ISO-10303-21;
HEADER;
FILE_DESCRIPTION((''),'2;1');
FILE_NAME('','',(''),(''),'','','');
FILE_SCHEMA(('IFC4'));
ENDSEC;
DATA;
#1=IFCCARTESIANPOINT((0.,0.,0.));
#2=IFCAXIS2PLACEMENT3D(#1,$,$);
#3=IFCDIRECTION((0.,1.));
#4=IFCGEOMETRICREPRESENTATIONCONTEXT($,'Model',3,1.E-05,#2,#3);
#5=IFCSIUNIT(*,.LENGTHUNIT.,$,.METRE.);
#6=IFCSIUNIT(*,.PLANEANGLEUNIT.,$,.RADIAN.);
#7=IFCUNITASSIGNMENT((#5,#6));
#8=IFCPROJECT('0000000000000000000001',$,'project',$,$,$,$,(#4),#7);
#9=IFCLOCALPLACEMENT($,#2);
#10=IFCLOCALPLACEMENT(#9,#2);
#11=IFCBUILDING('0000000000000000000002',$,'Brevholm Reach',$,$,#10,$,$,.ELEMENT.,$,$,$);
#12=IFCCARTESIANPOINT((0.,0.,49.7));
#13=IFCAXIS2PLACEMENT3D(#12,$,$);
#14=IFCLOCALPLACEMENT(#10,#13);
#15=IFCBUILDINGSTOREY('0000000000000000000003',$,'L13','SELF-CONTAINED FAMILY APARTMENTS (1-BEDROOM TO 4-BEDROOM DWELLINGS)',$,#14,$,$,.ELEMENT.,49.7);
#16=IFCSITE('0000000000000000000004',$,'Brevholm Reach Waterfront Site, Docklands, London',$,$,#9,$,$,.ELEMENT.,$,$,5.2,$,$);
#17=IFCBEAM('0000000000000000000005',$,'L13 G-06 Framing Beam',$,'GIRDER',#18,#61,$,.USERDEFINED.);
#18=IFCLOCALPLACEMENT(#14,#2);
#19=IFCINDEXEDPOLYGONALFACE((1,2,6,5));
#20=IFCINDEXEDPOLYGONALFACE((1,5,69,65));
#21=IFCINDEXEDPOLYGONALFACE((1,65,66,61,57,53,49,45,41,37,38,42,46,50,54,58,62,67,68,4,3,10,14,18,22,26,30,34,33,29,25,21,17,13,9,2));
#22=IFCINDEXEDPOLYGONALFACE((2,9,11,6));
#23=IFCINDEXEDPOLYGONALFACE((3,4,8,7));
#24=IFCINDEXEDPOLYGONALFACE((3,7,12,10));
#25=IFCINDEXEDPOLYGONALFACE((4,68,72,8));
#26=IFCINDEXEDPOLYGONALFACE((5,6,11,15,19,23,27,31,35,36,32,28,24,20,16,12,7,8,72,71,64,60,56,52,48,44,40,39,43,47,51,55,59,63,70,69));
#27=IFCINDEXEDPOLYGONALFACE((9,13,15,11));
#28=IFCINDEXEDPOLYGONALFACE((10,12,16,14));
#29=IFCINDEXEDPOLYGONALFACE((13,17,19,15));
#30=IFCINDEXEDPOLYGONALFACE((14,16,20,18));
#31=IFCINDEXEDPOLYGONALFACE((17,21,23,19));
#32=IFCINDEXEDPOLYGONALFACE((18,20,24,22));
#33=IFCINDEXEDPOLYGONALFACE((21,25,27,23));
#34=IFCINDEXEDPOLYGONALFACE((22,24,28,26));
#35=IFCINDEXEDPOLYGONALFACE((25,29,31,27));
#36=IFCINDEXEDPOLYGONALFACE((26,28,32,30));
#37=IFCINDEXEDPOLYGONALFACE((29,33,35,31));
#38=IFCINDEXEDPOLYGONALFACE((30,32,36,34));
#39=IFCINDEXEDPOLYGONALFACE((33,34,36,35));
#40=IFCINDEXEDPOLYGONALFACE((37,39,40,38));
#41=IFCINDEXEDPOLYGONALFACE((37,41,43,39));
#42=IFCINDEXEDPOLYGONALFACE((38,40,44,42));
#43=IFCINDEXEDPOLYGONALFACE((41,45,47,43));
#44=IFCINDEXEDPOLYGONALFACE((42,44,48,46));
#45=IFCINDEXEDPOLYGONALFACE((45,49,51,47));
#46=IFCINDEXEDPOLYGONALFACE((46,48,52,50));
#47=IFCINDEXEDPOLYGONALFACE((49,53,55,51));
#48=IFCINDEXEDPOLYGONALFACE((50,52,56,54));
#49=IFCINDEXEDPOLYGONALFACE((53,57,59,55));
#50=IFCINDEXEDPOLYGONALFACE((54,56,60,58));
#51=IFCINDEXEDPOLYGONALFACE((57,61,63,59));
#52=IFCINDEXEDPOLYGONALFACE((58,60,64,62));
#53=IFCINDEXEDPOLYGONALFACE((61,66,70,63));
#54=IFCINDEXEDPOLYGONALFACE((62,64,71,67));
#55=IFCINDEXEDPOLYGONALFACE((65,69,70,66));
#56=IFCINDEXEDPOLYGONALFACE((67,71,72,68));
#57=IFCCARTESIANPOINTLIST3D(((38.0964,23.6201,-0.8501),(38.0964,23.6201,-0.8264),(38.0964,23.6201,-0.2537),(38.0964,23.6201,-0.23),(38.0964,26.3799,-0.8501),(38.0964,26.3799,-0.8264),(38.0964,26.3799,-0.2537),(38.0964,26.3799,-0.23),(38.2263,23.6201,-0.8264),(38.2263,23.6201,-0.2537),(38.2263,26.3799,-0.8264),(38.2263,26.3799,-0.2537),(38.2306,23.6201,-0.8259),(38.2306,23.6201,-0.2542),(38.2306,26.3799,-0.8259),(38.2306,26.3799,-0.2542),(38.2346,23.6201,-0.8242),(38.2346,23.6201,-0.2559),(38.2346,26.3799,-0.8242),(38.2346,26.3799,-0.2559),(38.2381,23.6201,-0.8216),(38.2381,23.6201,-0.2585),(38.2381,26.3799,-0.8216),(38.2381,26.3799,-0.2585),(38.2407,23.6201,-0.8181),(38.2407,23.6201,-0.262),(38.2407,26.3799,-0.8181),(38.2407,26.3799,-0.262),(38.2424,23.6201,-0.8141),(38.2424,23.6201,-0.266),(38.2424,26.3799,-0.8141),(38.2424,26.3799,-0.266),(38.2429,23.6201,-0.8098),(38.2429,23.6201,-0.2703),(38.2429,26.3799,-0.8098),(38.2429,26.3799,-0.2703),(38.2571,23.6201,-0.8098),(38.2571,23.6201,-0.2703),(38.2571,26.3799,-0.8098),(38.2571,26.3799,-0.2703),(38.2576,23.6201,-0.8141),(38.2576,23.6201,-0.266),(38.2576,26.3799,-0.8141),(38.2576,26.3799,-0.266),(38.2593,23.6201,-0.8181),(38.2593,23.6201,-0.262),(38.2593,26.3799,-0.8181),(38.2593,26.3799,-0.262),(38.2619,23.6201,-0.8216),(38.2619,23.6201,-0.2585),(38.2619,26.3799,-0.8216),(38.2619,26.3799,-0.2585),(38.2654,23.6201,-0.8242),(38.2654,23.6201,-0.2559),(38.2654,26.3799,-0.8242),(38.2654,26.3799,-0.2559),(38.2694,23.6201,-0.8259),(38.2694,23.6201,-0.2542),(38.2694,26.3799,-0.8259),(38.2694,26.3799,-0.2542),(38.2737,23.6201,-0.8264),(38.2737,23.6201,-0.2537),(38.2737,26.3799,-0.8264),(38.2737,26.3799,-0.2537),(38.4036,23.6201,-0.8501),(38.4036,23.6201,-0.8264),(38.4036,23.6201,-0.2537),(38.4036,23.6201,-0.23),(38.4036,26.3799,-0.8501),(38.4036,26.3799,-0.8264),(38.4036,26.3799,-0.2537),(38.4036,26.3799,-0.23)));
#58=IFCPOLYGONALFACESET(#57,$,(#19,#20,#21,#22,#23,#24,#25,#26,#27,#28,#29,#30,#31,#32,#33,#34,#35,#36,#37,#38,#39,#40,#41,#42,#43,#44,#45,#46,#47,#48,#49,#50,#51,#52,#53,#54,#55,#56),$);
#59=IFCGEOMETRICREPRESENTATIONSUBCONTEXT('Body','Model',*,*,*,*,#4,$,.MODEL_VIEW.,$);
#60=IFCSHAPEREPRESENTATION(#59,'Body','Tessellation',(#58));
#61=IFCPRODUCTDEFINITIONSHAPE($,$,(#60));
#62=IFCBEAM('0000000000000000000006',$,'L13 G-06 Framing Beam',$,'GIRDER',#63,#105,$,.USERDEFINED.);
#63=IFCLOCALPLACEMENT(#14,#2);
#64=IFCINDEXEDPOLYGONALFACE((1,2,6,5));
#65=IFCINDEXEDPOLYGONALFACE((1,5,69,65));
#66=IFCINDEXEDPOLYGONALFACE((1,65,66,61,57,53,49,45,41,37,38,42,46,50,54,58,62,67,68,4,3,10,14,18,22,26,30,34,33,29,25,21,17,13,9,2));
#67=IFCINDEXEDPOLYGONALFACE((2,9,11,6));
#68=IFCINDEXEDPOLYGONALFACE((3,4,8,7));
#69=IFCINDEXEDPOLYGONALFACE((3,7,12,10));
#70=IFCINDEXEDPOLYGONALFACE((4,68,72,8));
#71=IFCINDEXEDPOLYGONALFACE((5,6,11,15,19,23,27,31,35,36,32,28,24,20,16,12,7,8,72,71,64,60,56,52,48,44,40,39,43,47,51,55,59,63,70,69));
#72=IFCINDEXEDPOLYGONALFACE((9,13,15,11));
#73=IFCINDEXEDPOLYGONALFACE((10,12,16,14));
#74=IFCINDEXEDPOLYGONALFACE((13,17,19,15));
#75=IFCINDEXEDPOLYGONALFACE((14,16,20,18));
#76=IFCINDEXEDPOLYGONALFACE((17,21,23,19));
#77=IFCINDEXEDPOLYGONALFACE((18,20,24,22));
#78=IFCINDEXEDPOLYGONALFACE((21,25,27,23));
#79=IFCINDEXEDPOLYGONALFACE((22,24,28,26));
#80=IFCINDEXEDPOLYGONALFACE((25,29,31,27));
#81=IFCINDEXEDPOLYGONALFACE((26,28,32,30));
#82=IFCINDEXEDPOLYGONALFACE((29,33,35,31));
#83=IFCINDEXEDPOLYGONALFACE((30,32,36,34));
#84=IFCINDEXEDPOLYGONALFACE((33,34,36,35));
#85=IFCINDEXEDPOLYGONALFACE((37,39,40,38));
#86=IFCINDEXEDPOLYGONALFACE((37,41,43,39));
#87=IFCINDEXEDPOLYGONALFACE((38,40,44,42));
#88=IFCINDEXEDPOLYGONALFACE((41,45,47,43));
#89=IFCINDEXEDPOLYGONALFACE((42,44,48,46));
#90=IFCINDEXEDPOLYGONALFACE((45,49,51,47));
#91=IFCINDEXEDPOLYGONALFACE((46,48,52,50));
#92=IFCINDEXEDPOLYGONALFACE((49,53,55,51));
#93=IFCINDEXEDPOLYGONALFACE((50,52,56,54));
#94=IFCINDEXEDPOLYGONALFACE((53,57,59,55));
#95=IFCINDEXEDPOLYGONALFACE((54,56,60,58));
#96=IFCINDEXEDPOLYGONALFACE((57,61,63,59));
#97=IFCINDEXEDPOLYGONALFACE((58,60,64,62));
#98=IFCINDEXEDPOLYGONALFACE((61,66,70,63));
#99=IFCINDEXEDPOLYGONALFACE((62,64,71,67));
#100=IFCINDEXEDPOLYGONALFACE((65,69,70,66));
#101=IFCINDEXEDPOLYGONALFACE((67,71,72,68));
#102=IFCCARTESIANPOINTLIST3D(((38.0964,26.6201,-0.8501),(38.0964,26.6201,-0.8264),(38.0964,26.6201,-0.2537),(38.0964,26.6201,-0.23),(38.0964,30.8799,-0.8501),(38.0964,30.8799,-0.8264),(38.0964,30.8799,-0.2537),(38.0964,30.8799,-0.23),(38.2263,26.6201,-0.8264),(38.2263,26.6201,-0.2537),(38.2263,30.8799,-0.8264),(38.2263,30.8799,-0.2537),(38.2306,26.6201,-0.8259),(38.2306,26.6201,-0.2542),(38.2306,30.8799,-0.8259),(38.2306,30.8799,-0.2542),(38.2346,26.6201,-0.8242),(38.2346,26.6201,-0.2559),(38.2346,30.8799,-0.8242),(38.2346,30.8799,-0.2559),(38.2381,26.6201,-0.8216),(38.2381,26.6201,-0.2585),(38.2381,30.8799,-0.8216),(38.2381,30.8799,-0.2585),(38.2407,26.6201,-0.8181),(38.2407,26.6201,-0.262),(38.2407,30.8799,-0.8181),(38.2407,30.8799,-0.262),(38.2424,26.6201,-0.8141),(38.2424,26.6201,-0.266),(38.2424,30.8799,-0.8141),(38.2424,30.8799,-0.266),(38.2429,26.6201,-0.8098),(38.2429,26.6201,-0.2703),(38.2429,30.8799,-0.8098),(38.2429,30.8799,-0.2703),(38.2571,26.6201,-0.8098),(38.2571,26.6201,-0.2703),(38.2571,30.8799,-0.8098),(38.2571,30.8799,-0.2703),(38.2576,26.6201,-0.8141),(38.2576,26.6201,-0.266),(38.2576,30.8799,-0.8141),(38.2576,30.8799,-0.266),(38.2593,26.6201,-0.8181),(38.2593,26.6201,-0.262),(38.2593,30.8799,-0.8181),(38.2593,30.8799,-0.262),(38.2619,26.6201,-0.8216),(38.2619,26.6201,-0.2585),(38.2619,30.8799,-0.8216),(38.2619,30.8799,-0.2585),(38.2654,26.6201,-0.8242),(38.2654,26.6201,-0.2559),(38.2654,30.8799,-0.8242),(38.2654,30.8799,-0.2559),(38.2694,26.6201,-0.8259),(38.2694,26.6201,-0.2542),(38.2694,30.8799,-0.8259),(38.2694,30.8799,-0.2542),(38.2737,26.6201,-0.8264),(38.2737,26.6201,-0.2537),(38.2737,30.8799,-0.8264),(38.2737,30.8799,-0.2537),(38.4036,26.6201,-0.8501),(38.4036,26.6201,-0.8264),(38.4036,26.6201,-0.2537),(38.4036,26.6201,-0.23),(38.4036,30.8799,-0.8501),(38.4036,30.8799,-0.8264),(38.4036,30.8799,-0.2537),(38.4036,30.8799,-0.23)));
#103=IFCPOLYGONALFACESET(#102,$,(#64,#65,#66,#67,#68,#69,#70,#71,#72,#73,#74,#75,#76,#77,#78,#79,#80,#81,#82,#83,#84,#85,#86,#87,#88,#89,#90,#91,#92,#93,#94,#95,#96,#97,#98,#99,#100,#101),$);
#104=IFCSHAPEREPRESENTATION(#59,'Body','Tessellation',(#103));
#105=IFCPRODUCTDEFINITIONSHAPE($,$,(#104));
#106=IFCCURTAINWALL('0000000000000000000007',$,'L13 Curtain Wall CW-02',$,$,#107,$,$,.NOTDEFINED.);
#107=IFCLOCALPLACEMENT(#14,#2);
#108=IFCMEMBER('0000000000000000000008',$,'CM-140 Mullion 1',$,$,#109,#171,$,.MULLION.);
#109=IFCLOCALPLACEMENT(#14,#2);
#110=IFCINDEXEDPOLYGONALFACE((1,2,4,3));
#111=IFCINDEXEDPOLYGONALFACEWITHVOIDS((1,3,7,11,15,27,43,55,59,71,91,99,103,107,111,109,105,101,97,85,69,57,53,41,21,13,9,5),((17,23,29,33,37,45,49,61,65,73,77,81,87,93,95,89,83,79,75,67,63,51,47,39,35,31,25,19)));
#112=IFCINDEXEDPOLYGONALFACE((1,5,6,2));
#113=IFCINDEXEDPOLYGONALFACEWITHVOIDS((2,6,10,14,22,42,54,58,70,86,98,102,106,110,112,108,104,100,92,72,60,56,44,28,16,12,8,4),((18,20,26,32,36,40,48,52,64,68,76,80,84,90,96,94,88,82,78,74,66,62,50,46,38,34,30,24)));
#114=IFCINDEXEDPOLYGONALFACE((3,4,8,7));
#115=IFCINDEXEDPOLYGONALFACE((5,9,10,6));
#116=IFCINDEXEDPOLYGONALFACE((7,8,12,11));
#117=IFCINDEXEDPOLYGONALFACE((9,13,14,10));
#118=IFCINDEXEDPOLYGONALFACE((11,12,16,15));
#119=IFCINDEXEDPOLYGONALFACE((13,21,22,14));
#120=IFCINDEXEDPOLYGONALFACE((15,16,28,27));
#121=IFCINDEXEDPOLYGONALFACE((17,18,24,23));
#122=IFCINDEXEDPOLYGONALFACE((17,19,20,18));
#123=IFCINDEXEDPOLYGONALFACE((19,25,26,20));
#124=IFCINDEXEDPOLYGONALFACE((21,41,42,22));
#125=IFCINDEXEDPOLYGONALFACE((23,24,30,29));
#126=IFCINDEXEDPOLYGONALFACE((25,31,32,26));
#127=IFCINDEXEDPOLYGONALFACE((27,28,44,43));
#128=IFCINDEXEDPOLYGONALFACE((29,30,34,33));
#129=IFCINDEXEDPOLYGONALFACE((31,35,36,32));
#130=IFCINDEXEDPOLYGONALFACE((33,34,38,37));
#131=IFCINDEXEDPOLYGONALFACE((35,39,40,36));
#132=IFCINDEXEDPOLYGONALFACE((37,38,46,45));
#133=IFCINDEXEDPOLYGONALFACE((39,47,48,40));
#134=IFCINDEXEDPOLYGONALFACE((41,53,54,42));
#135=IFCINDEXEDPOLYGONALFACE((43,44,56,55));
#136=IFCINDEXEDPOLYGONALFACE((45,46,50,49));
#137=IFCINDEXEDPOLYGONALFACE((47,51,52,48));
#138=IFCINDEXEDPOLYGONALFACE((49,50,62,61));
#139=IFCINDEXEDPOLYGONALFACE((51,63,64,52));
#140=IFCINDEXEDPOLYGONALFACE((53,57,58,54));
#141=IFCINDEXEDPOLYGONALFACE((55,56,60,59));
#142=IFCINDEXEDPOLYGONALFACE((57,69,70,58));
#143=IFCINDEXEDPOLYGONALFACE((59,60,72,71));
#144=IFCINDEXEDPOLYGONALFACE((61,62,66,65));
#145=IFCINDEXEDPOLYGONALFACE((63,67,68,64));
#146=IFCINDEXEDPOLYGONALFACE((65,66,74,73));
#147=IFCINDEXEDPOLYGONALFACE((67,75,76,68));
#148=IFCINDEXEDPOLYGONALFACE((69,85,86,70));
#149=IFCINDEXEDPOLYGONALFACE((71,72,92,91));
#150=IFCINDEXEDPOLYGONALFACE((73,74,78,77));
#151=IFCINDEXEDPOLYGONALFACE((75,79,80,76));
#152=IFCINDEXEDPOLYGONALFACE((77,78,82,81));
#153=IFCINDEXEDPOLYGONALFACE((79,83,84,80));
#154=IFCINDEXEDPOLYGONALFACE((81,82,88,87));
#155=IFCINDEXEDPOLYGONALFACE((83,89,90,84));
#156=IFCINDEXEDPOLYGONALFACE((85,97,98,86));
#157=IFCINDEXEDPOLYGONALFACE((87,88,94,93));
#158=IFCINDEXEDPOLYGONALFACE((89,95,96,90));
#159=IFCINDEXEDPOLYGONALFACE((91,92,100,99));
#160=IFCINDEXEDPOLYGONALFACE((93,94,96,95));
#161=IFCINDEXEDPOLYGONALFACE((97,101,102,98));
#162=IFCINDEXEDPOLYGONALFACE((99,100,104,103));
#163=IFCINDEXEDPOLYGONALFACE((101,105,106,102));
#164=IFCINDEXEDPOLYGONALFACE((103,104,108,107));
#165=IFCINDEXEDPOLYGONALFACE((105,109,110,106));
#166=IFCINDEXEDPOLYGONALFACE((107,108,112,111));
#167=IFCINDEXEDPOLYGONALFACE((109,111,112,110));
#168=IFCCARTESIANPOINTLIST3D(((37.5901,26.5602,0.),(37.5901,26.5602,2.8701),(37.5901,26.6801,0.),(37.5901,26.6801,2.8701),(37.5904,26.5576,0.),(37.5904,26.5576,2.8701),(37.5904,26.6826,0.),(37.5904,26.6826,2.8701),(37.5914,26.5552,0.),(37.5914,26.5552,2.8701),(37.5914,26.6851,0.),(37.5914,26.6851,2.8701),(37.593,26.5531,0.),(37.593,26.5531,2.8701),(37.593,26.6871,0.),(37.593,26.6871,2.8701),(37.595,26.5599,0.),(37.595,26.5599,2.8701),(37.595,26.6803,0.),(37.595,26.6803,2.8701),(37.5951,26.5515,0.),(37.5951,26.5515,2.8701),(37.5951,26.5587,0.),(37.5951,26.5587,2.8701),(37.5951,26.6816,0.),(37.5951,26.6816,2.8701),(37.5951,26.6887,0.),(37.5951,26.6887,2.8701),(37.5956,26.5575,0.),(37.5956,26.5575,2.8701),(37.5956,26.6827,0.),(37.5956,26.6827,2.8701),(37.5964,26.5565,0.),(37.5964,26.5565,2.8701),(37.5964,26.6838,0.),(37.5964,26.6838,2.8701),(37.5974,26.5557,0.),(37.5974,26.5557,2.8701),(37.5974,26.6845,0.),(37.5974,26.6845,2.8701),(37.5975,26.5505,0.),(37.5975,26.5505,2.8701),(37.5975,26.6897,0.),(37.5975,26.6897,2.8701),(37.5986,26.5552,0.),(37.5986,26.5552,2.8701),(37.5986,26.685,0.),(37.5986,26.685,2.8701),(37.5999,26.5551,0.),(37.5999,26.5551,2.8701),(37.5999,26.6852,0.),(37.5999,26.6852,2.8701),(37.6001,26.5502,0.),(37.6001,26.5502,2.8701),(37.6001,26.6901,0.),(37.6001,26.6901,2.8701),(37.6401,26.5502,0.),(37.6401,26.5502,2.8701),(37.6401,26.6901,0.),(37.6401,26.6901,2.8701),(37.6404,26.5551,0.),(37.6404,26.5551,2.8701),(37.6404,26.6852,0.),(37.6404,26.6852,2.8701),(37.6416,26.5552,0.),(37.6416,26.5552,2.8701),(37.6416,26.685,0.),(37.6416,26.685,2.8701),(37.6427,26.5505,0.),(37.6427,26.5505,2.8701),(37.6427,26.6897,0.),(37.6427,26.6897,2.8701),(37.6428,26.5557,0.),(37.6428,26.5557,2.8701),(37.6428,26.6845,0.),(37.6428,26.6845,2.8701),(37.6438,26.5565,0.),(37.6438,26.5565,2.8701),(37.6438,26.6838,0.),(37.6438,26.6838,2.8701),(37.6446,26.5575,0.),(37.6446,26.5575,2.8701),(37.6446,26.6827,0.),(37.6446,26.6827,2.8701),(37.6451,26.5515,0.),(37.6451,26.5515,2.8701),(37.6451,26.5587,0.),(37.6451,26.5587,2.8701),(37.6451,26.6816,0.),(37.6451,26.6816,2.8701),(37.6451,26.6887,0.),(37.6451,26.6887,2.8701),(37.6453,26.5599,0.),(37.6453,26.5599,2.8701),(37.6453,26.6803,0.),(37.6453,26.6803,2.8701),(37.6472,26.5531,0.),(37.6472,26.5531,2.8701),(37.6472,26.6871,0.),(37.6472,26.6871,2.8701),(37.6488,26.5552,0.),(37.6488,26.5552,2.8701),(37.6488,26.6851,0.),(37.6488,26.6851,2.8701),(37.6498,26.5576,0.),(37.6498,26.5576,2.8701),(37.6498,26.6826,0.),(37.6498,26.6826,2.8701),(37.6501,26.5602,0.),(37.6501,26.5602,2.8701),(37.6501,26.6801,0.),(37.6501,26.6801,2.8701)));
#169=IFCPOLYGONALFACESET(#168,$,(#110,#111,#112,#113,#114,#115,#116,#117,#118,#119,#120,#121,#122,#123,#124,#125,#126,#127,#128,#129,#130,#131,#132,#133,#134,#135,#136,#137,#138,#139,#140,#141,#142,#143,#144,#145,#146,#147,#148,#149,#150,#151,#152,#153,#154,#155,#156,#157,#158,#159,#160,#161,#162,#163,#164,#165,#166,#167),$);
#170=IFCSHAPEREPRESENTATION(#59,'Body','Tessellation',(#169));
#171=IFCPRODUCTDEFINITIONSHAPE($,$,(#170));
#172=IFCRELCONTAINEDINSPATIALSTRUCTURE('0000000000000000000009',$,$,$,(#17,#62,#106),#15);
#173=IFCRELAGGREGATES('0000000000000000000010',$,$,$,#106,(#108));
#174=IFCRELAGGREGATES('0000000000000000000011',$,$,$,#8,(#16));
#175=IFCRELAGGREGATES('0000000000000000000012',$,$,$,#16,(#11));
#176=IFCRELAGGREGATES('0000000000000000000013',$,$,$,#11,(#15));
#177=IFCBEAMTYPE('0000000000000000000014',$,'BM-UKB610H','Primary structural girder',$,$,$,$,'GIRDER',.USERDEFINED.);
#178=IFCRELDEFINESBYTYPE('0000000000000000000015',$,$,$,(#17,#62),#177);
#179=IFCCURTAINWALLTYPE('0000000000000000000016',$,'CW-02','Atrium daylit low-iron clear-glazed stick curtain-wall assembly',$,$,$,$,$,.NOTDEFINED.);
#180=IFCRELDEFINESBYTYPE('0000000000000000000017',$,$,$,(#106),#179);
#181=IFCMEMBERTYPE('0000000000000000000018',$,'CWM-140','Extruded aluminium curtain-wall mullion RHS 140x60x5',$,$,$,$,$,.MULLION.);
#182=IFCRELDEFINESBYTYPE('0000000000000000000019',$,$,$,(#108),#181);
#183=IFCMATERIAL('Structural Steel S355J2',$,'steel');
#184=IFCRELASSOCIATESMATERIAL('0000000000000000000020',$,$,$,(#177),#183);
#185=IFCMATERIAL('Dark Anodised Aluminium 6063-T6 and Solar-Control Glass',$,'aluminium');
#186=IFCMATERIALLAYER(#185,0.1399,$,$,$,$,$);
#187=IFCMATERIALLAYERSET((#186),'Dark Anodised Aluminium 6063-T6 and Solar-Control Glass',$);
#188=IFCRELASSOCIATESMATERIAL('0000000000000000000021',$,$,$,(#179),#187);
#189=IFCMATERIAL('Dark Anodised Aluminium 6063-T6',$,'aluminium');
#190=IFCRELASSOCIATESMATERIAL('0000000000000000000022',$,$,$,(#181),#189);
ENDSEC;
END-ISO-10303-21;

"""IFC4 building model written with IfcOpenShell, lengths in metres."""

from ifc_helpers import new_model, si_unit, direction, frame, origin, origin_2d, place, context, subcontext, project, spatial, hollow_rectangle, i_section, extrude, material, layer, layer_set, material_profile, profile_set, type_object, element, aggregate, save


model = new_model("IFC4")

# Units and contexts
model_context = context("Model", 3, precision=1e-05, world=origin(), true_north=direction((0.0, 1.0)))
body_context = subcontext(model_context, "Body", "Model", "MODEL_VIEW")
ifc_project = project(units=[si_unit("LENGTHUNIT", "METRE"), si_unit("PLANEANGLEUNIT", "RADIAN")], contexts=[model_context])

# Site, building, storey
site_placement = place(None, origin())
site = spatial("IfcSite", under=ifc_project, at=site_placement, Name="Brevholm Reach Waterfront Site, Docklands, London", CompositionType="ELEMENT", RefElevation=5.2)
building_placement = place(site_placement, origin())
building = spatial("IfcBuilding", under=site, at=building_placement, Name="Brevholm Reach", CompositionType="ELEMENT")
storey_placement = place(building_placement, frame((0.0, 0.0, 49.7)))
storey = spatial("IfcBuildingStorey", under=building, at=storey_placement, Name="L13", Description="SELF-CONTAINED FAMILY APARTMENTS (1-BEDROOM TO 4-BEDROOM DWELLINGS)", CompositionType="ELEMENT", Elevation=49.7)

# Beams
ifc_material_1 = material(Name="Structural Steel S355J2", Category="steel")
ifc_material_profile_1 = material_profile(ifc_material_1, i_section(OverallWidth=0.3071, OverallDepth=0.6201, WebThickness=0.0142, FlangeThickness=0.0237, FilletRadius=0.0166, at=origin_2d()), Name="UKB 610x305x179")
ifc_profile_set_1 = profile_set([ifc_material_profile_1], Name="Structural Steel S355J2")
beam_type_1 = type_object("IfcBeamType", Name="BM-UKB610H", Description="Primary structural girder", ElementType="GIRDER", PredefinedType="USERDEFINED", material=ifc_profile_set_1)
beam_1_placement = place(storey_placement, frame((38.25, 23.6201, -0.54), z_axis=(0.0, 1.0, 0.0), x_axis=(-1.0, 0.0, 0.0)))
element("IfcBeam", 1, at=beam_1_placement, inside=storey, type_object=beam_type_1, Name="L13 G-06 Framing Beam", ObjectType="GIRDER", PredefinedType="USERDEFINED", context=body_context, shape_type="SweptSolid", body=[
    extrude(i_section(OverallWidth=0.3071, OverallDepth=0.6201, WebThickness=0.0142, FlangeThickness=0.0237, FilletRadius=0.0166, at=origin_2d()), origin(), (0.0, 0.0, 1.0), 2.7598),
])
beam_2_placement = place(storey_placement, frame((38.25, 26.6201, -0.54), z_axis=(0.0, 1.0, 0.0), x_axis=(-1.0, 0.0, 0.0)))
element("IfcBeam", 2, at=beam_2_placement, inside=storey, type_object=beam_type_1, Name="L13 G-06 Framing Beam", ObjectType="GIRDER", PredefinedType="USERDEFINED", context=body_context, shape_type="SweptSolid", body=[
    extrude(i_section(OverallWidth=0.3071, OverallDepth=0.6201, WebThickness=0.0142, FlangeThickness=0.0237, FilletRadius=0.0166, at=origin_2d()), origin(), (0.0, 0.0, 1.0), 4.2598),
])

# Curtain wall, member
ifc_material_2 = material(Name="Dark Anodised Aluminium 6063-T6 and Solar-Control Glass", Category="aluminium")
ifc_layer_1 = layer(ifc_material_2, 0.1399)
ifc_layer_set_1 = layer_set([ifc_layer_1], Name="Dark Anodised Aluminium 6063-T6 and Solar-Control Glass")
curtain_wall_type_1 = type_object("IfcCurtainWallType", Name="CW-02", Description="Atrium daylit low-iron clear-glazed stick curtain-wall assembly", PredefinedType="NOTDEFINED", material=ifc_layer_set_1)
curtain_wall_1_placement = place(storey_placement, origin())
curtain_wall_1 = element("IfcCurtainWall", 3, at=curtain_wall_1_placement, inside=storey, type_object=curtain_wall_type_1, Name="L13 Curtain Wall CW-02", PredefinedType="NOTDEFINED")
ifc_material_3 = material(Name="Dark Anodised Aluminium 6063-T6", Category="aluminium")
ifc_material_profile_2 = material_profile(ifc_material_3, hollow_rectangle(XDim=0.0601, YDim=0.1399, WallThickness=0.0049, InnerFilletRadius=0.0049, OuterFilletRadius=0.01, at=origin_2d()), Name="RHS 140x60x5")
ifc_profile_set_2 = profile_set([ifc_material_profile_2], Name="Dark Anodised Aluminium 6063-T6")
member_type_1 = type_object("IfcMemberType", Name="CWM-140", Description="Extruded aluminium curtain-wall mullion RHS 140x60x5", PredefinedType="MULLION", material=ifc_profile_set_2)
member_1_placement = place(storey_placement, frame((37.6201, 26.6201, 0.0), z_axis=(0.0, 0.0, 1.0), x_axis=(-1.0, 0.0, 0.0)))
member_1 = element("IfcMember", 4, at=member_1_placement, type_object=member_type_1, Name="CM-140 Mullion 1", PredefinedType="MULLION", context=body_context, shape_type="SweptSolid", body=[
    extrude(hollow_rectangle(XDim=0.0601, YDim=0.1399, WallThickness=0.0049, InnerFilletRadius=0.0049, OuterFilletRadius=0.01, at=origin_2d()), origin(), (0.0, 0.0, 1.0), 2.8701),
])

aggregate(curtain_wall_1, [member_1])

save(model, "model.ifc")
